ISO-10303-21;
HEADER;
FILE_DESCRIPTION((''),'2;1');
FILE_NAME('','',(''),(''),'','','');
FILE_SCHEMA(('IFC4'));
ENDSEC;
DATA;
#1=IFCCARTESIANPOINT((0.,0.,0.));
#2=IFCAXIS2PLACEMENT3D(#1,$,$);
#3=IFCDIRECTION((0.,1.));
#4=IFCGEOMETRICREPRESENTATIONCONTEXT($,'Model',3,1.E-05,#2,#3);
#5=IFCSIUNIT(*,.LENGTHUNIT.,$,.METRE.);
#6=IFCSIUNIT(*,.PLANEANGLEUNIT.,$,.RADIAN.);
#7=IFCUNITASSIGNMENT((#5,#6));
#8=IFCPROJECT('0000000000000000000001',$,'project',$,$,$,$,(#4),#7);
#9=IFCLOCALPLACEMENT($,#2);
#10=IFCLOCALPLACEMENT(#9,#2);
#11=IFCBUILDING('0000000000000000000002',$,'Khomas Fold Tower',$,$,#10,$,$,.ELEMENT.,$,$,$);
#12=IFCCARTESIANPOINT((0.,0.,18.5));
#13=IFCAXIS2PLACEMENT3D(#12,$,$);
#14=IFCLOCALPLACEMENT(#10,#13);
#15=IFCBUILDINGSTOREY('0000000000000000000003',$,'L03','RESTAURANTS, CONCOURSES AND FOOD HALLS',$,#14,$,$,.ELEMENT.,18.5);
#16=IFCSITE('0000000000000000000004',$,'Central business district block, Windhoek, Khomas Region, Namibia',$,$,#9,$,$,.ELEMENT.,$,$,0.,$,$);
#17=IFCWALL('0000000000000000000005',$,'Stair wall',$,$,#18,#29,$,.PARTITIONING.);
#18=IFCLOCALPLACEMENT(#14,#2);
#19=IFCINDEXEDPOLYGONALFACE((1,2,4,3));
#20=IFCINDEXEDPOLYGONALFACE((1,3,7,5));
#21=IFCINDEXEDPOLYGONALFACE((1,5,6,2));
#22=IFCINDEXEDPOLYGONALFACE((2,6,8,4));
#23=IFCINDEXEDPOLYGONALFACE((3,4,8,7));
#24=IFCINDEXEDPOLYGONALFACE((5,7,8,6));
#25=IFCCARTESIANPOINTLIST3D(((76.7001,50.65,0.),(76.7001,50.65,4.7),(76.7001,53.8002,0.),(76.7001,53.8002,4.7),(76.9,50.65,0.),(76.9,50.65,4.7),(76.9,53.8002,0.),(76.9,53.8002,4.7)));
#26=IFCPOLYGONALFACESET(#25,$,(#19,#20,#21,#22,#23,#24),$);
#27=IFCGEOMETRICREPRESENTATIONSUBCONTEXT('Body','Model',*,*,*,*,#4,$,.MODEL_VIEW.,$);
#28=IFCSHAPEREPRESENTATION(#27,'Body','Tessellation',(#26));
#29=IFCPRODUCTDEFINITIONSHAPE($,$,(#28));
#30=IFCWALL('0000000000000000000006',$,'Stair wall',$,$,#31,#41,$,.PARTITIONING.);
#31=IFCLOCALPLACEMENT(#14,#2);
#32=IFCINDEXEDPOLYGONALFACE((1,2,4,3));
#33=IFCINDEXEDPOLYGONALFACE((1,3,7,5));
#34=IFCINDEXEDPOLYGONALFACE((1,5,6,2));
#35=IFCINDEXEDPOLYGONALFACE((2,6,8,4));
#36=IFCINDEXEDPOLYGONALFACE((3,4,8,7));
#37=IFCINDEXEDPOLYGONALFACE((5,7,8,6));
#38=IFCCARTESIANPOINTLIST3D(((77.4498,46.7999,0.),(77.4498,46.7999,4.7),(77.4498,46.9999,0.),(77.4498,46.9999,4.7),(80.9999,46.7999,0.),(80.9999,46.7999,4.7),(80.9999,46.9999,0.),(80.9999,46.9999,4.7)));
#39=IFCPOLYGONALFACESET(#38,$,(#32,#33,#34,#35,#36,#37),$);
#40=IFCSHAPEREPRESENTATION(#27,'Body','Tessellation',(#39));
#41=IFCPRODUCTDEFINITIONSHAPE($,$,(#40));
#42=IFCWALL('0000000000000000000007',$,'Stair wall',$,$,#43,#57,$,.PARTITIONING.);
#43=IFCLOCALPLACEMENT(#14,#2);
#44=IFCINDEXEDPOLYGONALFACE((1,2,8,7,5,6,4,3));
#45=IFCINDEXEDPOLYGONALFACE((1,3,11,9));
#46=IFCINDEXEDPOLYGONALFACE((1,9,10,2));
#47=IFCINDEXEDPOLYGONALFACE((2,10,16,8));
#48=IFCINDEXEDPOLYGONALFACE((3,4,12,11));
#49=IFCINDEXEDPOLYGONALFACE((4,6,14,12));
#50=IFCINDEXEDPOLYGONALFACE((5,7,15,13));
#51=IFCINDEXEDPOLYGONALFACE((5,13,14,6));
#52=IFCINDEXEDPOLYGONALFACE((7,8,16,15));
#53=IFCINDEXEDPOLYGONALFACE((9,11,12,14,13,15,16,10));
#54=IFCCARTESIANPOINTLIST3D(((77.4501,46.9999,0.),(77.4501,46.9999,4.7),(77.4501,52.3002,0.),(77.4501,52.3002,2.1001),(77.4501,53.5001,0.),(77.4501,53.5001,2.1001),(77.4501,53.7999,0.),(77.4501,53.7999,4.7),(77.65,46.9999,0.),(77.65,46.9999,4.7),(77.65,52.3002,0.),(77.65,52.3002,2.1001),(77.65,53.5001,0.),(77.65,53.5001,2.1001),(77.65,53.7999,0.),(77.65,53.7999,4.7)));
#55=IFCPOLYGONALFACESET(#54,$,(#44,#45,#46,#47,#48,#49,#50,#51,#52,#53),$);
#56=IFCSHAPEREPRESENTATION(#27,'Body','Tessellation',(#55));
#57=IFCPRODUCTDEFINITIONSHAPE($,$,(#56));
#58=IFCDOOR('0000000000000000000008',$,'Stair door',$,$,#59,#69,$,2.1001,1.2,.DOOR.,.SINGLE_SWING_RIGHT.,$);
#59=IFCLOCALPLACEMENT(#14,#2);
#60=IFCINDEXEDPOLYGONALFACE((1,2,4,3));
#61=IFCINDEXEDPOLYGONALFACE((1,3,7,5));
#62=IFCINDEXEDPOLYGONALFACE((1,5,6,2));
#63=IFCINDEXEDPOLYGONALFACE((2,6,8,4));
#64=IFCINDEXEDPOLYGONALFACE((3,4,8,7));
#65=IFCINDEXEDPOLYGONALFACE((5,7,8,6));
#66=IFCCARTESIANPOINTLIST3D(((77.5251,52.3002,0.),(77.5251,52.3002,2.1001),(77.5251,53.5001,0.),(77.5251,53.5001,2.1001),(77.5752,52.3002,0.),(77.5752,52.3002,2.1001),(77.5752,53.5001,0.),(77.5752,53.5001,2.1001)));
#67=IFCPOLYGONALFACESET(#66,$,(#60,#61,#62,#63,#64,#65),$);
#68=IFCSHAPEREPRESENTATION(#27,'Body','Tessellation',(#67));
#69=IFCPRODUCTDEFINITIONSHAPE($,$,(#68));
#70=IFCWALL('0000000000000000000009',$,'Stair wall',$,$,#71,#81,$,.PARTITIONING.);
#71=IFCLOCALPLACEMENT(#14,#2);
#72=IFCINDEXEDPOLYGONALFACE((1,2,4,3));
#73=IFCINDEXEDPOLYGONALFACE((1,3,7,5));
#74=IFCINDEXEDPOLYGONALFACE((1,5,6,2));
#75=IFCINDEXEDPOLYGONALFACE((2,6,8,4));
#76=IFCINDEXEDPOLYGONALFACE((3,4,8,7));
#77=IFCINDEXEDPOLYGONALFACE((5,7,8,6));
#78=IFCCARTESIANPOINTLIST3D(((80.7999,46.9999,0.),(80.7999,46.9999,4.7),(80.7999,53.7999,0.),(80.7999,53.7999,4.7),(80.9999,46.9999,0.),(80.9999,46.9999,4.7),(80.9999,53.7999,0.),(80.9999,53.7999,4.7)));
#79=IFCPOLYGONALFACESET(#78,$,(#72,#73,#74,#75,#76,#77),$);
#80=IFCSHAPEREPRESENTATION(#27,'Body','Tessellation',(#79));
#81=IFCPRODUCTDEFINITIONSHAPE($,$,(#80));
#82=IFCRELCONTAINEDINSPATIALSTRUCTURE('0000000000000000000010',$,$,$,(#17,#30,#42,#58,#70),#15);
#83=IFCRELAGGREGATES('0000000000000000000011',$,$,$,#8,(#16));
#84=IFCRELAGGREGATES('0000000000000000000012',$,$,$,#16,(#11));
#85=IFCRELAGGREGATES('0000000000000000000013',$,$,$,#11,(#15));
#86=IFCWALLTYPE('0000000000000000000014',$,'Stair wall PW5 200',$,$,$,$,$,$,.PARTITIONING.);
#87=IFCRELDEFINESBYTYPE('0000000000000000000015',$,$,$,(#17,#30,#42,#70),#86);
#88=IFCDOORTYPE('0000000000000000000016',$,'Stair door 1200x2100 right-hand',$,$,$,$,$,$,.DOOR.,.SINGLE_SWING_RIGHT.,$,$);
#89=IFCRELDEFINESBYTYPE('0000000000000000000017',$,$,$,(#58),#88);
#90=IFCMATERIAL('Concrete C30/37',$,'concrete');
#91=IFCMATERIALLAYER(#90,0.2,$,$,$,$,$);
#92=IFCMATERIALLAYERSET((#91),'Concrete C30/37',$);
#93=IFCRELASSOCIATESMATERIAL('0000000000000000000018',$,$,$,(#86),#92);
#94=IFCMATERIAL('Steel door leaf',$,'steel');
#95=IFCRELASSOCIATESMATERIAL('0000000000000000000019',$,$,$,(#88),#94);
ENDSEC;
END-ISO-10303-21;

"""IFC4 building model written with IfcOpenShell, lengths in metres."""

from ifc_helpers import new_model, si_unit, direction, frame, frame_2d, origin, place, context, subcontext, project, spatial, rectangle, extrude, source, transform, mapped, material, layer, layer_set, type_object, element, fill, save


model = new_model("IFC4")

# Units and contexts
model_context = context("Model", 3, precision=1e-05, world=origin(), true_north=direction((0.0, 1.0)))
body_context = subcontext(model_context, "Body", "Model", "MODEL_VIEW")
ifc_project = project(units=[si_unit("LENGTHUNIT", "METRE"), si_unit("PLANEANGLEUNIT", "RADIAN")], contexts=[model_context])

# Site, building, storey
site_placement = place(None, origin())
site = spatial("IfcSite", under=ifc_project, at=site_placement, Name="Central business district block, Windhoek, Khomas Region, Namibia", CompositionType="ELEMENT", RefElevation=0.0)
building_placement = place(site_placement, origin())
building = spatial("IfcBuilding", under=site, at=building_placement, Name="Khomas Fold Tower", CompositionType="ELEMENT")
storey_placement = place(building_placement, frame((0.0, 0.0, 18.5)))
storey = spatial("IfcBuildingStorey", under=building, at=storey_placement, Name="L03", Description="RESTAURANTS, CONCOURSES AND FOOD HALLS", CompositionType="ELEMENT", Elevation=18.5)

# Walls
ifc_material_1 = material(Name="Concrete C30/37", Category="concrete")
ifc_layer_1 = layer(ifc_material_1, 0.2)
ifc_layer_set_1 = layer_set([ifc_layer_1], Name="Concrete C30/37")
wall_type = type_object("IfcWallType", Name="Stair wall PW5 200", PredefinedType="PARTITIONING", material=ifc_layer_set_1)
shared_shape_1 = source(origin(), body_context, "Body", "SweptSolid", [
    extrude(rectangle(XDim=3.1501, YDim=0.2, at=frame_2d((1.5752, 0.0))), origin(), (0.0, 0.0, 1.0), 4.7),
])
wall_1_placement = place(storey_placement, frame((76.8, 50.6499, 0.0), z_axis=(0.0, 0.0, 1.0), x_axis=(0.0, 1.0, 0.0)))
element("IfcWall", 1, at=wall_1_placement, inside=storey, type_object=wall_type, Name="Stair wall", PredefinedType="PARTITIONING", context=body_context, shape_type="MappedRepresentation", body=[
    mapped(shared_shape_1, transform((0.0, 0.0, 0.0))),
])
shared_shape_2 = source(origin(), body_context, "Body", "SweptSolid", [
    extrude(rectangle(XDim=3.55, YDim=0.2, at=frame_2d((1.7749, 0.0))), origin(), (0.0, 0.0, 1.0), 4.7),
])
wall_2_placement = place(storey_placement, frame((77.45, 46.8999, 0.0), z_axis=(0.0, 0.0, 1.0), x_axis=(1.0, 0.0, 0.0)))
element("IfcWall", 2, at=wall_2_placement, inside=storey, type_object=wall_type, Name="Stair wall", PredefinedType="PARTITIONING", context=body_context, shape_type="MappedRepresentation", body=[
    mapped(shared_shape_2, transform((0.0, 0.0, 0.0))),
])

# Wall, opening, door
shared_shape_3 = source(origin(), body_context, "Body", "SweptSolid", [
    extrude(rectangle(XDim=6.8, YDim=0.2, at=frame_2d((3.3999, 0.0))), origin(), (0.0, 0.0, 1.0), 4.7),
])
wall_3_placement = place(storey_placement, frame((77.55, 47.0, 0.0), z_axis=(0.0, 0.0, 1.0), x_axis=(0.0, 1.0, 0.0)))
wall_3 = element("IfcWall", 3, at=wall_3_placement, inside=storey, type_object=wall_type, Name="Stair wall", PredefinedType="PARTITIONING", context=body_context, shape_type="MappedRepresentation", body=[
    mapped(shared_shape_3, transform((0.0, 0.0, 0.0))),
])
shared_shape_4 = source(origin(), body_context, "Body", "SweptSolid", [
    extrude(rectangle(XDim=1.2, YDim=2.1001, at=frame_2d((0.6001, 1.05))), frame((0.0, 0.1099, 0.0), z_axis=(0.0, -1.0, 0.0), x_axis=(1.0, 0.0, 0.0)), (0.0, 0.0, 1.0), 0.22),
])
opening_placement = place(wall_3_placement, frame((5.3, 0.0, 0.0)))
opening = element("IfcOpeningElement", 4, at=opening_placement, cuts=wall_3, PredefinedType="OPENING", context=body_context, shape_type="MappedRepresentation", body=[
    mapped(shared_shape_4, transform((0.0, 0.0, 0.0))),
])
ifc_material_2 = material(Name="Steel door leaf", Category="steel")
door_type = type_object("IfcDoorType", Name="Stair door 1200x2100 right-hand", OperationType="SINGLE_SWING_RIGHT", PredefinedType="DOOR", material=ifc_material_2)
shared_shape_5 = source(origin(), body_context, "Body", "SweptSolid", [
    extrude(rectangle(XDim=1.2, YDim=2.1001, at=frame_2d((0.6001, 1.05))), frame((0.0, 0.0249, 0.0), z_axis=(0.0, -1.0, 0.0), x_axis=(1.0, 0.0, 0.0)), (0.0, 0.0, 1.0), 0.05),
])
door_placement = place(opening_placement, origin())
door = element("IfcDoor", 5, at=door_placement, inside=storey, type_object=door_type, Name="Stair door", OperationType="SINGLE_SWING_RIGHT", OverallHeight=2.1001, OverallWidth=1.2, PredefinedType="DOOR", context=body_context, shape_type="MappedRepresentation", body=[
    mapped(shared_shape_5, transform((0.0, 0.0, 0.0))),
])
fill(opening, door)

# Wall
wall_4_placement = place(storey_placement, frame((80.8999, 47.0, 0.0), z_axis=(0.0, 0.0, 1.0), x_axis=(0.0, 1.0, 0.0)))
element("IfcWall", 6, at=wall_4_placement, inside=storey, type_object=wall_type, Name="Stair wall", PredefinedType="PARTITIONING", context=body_context, shape_type="MappedRepresentation", body=[
    mapped(shared_shape_3, transform((0.0, 0.0, 0.0))),
])

save(model, "model.ifc")
